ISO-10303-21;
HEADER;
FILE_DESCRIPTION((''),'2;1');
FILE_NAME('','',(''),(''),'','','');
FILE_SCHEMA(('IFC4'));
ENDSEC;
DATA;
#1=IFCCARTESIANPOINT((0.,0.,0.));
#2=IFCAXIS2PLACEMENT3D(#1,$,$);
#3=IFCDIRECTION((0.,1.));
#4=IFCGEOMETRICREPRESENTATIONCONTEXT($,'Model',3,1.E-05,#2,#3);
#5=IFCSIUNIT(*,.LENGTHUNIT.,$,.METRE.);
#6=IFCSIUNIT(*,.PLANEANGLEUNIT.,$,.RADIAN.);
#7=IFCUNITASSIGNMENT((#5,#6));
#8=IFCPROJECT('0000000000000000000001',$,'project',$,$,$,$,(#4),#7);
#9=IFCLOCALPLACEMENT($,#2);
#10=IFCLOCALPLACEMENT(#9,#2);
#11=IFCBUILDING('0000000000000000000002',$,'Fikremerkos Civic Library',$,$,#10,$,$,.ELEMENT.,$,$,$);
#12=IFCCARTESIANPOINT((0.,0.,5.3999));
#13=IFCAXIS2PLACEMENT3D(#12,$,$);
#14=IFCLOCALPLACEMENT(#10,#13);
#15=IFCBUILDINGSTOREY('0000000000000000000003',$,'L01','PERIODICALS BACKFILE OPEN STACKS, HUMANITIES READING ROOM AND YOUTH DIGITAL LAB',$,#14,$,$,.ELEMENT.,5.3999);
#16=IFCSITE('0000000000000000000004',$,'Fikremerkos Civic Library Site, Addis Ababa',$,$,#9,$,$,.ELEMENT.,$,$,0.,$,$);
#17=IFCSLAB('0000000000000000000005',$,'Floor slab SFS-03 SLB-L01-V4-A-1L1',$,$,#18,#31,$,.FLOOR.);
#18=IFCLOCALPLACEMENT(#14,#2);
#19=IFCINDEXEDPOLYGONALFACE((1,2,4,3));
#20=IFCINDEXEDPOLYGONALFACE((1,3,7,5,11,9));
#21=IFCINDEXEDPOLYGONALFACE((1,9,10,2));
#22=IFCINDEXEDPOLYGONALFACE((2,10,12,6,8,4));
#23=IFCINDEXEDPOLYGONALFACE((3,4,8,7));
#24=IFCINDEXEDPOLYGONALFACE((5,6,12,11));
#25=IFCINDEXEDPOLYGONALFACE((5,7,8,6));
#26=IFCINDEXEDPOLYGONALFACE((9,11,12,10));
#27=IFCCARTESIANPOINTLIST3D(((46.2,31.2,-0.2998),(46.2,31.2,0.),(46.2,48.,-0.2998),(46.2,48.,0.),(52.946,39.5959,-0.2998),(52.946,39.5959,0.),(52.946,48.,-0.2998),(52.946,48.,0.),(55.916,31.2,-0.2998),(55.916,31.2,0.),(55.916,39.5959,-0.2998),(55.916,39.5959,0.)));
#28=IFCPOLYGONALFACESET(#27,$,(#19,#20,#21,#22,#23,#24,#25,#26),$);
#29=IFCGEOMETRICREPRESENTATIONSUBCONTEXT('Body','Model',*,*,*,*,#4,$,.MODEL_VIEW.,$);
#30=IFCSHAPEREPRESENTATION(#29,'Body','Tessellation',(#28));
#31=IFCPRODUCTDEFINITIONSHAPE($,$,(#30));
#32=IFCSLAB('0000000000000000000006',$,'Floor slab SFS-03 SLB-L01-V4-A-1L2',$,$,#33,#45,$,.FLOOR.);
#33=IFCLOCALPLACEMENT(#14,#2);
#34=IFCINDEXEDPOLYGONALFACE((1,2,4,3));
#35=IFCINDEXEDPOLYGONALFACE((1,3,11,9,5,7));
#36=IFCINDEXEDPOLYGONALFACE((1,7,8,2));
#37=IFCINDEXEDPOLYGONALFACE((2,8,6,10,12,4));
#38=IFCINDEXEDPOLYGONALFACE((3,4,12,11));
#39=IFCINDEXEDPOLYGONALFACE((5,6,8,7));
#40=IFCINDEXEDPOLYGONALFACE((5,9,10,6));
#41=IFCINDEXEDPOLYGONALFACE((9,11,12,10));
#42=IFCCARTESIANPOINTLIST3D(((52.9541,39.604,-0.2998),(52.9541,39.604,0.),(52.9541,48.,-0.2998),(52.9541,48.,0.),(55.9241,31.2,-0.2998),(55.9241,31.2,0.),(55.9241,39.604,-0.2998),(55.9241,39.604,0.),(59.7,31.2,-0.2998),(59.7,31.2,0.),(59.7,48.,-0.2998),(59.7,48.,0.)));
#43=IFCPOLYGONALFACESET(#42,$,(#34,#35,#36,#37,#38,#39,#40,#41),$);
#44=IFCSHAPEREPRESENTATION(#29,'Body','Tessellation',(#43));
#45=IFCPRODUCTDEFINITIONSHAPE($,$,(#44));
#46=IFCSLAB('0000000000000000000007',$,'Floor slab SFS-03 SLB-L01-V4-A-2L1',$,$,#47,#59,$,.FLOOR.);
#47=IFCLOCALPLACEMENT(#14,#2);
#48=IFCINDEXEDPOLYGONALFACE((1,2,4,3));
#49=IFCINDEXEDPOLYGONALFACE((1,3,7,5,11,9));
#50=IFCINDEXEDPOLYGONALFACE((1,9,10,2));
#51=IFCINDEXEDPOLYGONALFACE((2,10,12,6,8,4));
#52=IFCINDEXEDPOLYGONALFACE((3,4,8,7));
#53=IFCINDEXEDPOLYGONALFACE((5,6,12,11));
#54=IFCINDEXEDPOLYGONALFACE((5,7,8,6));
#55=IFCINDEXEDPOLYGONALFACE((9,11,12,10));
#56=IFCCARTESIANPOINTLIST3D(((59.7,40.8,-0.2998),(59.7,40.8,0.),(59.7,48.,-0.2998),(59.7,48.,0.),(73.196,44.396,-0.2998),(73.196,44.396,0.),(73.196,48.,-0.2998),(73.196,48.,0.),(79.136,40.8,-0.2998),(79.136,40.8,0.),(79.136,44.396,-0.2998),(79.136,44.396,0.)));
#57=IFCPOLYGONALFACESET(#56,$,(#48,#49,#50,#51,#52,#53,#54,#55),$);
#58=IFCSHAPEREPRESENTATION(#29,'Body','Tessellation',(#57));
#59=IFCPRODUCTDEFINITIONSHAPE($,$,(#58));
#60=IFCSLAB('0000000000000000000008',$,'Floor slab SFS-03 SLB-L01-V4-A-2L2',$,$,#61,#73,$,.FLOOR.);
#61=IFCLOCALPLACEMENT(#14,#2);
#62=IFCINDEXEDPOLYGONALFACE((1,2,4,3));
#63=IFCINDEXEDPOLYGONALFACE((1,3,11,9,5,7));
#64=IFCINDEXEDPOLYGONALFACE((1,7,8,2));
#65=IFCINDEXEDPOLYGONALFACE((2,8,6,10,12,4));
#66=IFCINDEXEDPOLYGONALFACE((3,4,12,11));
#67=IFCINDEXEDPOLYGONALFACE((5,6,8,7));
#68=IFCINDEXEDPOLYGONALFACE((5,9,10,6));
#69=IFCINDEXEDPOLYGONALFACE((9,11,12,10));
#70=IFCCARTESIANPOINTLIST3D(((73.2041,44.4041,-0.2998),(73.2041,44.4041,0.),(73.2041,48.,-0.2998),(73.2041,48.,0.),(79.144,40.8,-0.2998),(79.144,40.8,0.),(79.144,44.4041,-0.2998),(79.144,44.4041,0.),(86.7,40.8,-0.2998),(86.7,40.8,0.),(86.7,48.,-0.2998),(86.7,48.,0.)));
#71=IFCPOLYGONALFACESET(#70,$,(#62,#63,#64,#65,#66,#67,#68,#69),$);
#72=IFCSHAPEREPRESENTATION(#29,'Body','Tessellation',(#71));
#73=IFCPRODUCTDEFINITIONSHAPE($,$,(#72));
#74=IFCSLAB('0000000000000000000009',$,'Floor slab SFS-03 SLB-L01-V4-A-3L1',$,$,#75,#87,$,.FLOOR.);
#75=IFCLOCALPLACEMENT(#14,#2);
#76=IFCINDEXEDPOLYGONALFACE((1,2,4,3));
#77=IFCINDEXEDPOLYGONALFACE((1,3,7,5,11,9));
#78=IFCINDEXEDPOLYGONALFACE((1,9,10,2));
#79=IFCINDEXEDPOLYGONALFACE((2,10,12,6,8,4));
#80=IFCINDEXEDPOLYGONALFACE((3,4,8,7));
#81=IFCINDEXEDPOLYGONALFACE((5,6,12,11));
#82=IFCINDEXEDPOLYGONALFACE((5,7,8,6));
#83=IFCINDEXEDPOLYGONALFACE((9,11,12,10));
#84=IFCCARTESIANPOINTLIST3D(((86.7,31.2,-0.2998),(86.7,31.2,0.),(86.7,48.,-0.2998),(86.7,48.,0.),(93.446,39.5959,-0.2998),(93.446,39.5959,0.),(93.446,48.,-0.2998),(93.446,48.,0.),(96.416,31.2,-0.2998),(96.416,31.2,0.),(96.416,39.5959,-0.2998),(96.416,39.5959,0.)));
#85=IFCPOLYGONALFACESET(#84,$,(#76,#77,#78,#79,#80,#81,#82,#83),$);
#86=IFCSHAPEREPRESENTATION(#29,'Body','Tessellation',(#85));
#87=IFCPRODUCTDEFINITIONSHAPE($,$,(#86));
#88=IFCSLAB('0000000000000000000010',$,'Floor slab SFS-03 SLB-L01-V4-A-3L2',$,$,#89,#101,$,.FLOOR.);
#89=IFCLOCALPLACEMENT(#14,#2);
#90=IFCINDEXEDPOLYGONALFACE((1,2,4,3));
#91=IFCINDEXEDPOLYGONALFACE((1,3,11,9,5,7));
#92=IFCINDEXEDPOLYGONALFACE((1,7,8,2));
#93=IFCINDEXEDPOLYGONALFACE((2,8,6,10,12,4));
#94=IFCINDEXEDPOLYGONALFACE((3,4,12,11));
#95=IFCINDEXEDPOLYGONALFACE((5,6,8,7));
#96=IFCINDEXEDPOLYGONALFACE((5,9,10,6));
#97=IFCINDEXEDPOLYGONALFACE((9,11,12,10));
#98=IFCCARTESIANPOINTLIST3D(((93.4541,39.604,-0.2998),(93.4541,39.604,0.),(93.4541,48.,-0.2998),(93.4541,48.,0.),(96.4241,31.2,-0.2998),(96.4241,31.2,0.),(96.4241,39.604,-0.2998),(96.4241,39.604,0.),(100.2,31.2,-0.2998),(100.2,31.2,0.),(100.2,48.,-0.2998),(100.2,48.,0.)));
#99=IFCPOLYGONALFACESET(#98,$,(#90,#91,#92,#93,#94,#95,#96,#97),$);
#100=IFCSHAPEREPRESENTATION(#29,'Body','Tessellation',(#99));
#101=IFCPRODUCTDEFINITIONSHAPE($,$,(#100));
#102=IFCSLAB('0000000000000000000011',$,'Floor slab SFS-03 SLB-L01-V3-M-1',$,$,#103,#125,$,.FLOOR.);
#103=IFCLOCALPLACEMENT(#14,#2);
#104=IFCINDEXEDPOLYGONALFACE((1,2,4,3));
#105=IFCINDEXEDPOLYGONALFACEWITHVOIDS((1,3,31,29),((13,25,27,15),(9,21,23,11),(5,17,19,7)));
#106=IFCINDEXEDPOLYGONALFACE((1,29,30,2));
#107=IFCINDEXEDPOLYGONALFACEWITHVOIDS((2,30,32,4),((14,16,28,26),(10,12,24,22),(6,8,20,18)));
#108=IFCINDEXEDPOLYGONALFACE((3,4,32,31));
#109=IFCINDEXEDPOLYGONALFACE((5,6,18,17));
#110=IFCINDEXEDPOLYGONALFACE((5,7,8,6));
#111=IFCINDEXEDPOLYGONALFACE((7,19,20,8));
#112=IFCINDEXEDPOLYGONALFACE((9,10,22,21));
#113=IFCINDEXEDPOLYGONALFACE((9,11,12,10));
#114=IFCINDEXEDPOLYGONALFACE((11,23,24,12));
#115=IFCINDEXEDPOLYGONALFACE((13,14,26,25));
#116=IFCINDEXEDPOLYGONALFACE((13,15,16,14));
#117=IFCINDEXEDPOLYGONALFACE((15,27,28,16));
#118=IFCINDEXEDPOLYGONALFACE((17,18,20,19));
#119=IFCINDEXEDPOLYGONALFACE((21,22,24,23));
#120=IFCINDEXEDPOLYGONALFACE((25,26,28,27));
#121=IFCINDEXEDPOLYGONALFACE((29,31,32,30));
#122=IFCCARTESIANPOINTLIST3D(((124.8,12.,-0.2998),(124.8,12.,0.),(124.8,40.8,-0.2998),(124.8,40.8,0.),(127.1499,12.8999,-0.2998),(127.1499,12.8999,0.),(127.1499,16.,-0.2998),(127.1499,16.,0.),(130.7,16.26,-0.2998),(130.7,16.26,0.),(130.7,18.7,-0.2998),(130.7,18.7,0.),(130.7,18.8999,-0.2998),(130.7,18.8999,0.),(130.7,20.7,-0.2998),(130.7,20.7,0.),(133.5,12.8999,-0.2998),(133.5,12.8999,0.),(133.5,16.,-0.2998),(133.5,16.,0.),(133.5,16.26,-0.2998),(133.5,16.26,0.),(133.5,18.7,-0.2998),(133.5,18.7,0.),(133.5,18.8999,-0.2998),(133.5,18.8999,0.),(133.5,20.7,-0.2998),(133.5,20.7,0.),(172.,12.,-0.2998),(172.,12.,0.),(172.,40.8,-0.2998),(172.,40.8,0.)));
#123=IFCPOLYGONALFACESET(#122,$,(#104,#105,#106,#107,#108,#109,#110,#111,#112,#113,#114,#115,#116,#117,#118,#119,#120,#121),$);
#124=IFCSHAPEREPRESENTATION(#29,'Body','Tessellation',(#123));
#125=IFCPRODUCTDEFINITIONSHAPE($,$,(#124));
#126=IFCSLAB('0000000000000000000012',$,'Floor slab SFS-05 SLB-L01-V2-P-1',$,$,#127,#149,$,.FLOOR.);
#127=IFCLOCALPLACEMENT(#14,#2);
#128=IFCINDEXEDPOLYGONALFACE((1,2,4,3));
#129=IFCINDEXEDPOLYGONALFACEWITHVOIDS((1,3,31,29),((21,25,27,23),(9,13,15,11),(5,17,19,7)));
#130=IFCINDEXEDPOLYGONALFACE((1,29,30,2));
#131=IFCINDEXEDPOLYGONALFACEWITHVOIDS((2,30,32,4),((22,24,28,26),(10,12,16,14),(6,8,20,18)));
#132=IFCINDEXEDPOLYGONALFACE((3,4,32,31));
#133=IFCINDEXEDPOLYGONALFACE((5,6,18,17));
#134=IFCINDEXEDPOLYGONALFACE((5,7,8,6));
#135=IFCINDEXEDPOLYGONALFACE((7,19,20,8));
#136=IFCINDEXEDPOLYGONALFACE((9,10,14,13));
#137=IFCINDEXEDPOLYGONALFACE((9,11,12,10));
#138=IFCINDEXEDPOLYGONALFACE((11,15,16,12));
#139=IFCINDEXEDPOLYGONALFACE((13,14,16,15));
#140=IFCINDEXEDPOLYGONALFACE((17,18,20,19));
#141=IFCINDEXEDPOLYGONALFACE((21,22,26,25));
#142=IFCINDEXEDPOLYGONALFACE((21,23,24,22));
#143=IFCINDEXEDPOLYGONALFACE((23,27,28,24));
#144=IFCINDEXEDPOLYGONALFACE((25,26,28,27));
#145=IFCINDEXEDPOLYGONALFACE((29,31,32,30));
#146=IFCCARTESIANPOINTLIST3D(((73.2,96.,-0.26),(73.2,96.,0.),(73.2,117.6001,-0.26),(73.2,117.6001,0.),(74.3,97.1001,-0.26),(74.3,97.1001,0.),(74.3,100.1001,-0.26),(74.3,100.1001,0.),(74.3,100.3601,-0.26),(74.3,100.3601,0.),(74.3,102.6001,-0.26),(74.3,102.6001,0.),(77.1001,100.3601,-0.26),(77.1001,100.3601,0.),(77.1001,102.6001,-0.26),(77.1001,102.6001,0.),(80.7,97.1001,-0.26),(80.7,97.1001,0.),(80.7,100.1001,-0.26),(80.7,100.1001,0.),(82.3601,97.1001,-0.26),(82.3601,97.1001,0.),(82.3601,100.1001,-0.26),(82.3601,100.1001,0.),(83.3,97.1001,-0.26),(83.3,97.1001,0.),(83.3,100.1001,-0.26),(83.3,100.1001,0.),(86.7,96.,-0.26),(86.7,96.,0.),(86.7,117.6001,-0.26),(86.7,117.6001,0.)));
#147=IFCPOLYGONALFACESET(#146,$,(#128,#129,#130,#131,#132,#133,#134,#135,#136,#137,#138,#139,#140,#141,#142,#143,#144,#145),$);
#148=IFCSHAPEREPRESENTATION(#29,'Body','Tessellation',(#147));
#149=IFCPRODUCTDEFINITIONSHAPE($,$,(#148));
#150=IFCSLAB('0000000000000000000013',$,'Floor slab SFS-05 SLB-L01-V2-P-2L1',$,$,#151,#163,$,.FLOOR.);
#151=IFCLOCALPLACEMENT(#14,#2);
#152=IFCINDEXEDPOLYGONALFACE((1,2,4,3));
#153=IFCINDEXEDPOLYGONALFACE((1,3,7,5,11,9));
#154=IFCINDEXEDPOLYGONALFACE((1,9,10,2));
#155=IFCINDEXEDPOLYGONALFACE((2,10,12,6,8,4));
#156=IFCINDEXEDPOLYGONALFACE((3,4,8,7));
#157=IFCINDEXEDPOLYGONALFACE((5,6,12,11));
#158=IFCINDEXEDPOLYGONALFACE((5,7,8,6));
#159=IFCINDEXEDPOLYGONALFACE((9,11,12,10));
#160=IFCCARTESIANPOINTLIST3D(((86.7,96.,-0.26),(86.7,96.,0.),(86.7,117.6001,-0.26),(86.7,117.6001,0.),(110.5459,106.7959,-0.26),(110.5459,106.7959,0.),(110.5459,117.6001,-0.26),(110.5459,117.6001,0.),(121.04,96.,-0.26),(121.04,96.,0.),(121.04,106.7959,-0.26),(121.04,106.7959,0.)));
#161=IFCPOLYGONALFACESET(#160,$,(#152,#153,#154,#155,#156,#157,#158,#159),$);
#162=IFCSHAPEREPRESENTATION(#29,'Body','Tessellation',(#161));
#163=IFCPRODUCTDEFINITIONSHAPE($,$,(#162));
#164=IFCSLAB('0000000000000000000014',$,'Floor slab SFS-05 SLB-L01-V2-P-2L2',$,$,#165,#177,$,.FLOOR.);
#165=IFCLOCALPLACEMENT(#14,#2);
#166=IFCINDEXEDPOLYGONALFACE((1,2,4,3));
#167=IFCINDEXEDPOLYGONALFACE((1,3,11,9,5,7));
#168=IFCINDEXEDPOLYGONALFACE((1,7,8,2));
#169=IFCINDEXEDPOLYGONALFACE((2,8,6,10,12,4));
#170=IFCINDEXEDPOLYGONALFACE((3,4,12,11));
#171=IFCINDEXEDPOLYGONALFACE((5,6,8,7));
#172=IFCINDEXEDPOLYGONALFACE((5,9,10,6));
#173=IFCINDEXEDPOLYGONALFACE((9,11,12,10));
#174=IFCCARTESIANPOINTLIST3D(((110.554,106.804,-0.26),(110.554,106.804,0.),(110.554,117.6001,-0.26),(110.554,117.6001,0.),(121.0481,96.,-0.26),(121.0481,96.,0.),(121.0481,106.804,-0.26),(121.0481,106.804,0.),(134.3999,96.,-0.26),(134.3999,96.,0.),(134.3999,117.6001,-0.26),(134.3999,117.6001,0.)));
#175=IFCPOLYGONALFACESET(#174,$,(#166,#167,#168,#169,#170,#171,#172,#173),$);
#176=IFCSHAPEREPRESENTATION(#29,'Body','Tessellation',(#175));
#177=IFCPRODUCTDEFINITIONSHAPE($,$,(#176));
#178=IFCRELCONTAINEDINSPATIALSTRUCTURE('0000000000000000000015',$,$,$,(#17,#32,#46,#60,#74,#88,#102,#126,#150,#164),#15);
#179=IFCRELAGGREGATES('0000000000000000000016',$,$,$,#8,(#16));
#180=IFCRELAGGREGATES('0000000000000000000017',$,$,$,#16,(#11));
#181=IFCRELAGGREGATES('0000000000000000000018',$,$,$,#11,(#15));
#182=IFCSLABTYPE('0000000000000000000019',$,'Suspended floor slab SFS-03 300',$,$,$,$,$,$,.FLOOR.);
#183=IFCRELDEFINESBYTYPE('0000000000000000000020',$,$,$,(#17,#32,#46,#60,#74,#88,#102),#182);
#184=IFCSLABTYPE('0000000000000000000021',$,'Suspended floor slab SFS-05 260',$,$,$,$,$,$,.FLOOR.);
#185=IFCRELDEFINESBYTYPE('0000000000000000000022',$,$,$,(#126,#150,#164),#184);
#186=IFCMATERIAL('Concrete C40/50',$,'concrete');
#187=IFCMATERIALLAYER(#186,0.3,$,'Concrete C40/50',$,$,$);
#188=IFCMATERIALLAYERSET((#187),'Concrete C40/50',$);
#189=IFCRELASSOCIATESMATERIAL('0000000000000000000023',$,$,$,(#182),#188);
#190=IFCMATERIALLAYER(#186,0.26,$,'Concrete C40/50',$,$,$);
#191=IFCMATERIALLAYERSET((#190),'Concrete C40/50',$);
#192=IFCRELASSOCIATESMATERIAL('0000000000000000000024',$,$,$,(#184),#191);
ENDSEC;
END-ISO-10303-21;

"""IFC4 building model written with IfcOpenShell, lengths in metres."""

from ifc_helpers import new_model, si_unit, direction, frame, origin, place, context, subcontext, project, spatial, polyline, outline, extrude, material, layer, layer_set, type_object, element, save


model = new_model("IFC4")

# Units and contexts
model_context = context("Model", 3, precision=1e-05, world=origin(), true_north=direction((0.0, 1.0)))
body_context = subcontext(model_context, "Body", "Model", "MODEL_VIEW")
ifc_project = project(units=[si_unit("LENGTHUNIT", "METRE"), si_unit("PLANEANGLEUNIT", "RADIAN")], contexts=[model_context])

# Site, building, storey
site_placement = place(None, origin())
site = spatial("IfcSite", under=ifc_project, at=site_placement, Name="Fikremerkos Civic Library Site, Addis Ababa", CompositionType="ELEMENT", RefElevation=0.0)
building_placement = place(site_placement, origin())
building = spatial("IfcBuilding", under=site, at=building_placement, Name="Fikremerkos Civic Library", CompositionType="ELEMENT")
storey_placement = place(building_placement, frame((0.0, 0.0, 5.3999)))
storey = spatial("IfcBuildingStorey", under=building, at=storey_placement, Name="L01", Description="PERIODICALS BACKFILE OPEN STACKS, HUMANITIES READING ROOM AND YOUTH DIGITAL LAB", CompositionType="ELEMENT", Elevation=5.3999)

# Slabs
ifc_material_1 = material(Name="Concrete C40/50", Category="concrete")
ifc_layer_1 = layer(ifc_material_1, 0.3, Name="Concrete C40/50")
ifc_layer_set_1 = layer_set([ifc_layer_1], Name="Concrete C40/50")
slab_type_1 = type_object("IfcSlabType", Name="Suspended floor slab SFS-03 300", PredefinedType="FLOOR", material=ifc_layer_set_1)
slab_1_placement = place(storey_placement, frame((0.0, 0.0, -0.2998)))
element("IfcSlab", 1, at=slab_1_placement, inside=storey, type_object=slab_type_1, Name="Floor slab SFS-03 SLB-L01-V4-A-1L1", PredefinedType="FLOOR", context=body_context, shape_type="SweptSolid", body=[
    extrude(outline(polyline([(46.2, 31.2), (55.916, 31.2), (55.916, 39.5959), (52.946, 39.5959), (52.946, 48.0), (46.2, 48.0), (46.2, 31.2)])), origin(), (0.0, 0.0, 1.0), 0.2998),
])
slab_2_placement = place(storey_placement, frame((0.0, 0.0, -0.2998)))
element("IfcSlab", 2, at=slab_2_placement, inside=storey, type_object=slab_type_1, Name="Floor slab SFS-03 SLB-L01-V4-A-1L2", PredefinedType="FLOOR", context=body_context, shape_type="SweptSolid", body=[
    extrude(outline(polyline([(55.9241, 31.2), (59.7, 31.2), (59.7, 48.0), (52.9541, 48.0), (52.9541, 39.604), (55.9241, 39.604), (55.9241, 31.2)])), origin(), (0.0, 0.0, 1.0), 0.2998),
])
slab_3_placement = place(storey_placement, frame((0.0, 0.0, -0.2998)))
element("IfcSlab", 3, at=slab_3_placement, inside=storey, type_object=slab_type_1, Name="Floor slab SFS-03 SLB-L01-V4-A-2L1", PredefinedType="FLOOR", context=body_context, shape_type="SweptSolid", body=[
    extrude(outline(polyline([(59.7, 40.8), (79.136, 40.8), (79.136, 44.396), (73.196, 44.396), (73.196, 48.0), (59.7, 48.0), (59.7, 40.8)])), origin(), (0.0, 0.0, 1.0), 0.2998),
])
slab_4_placement = place(storey_placement, frame((0.0, 0.0, -0.2998)))
element("IfcSlab", 4, at=slab_4_placement, inside=storey, type_object=slab_type_1, Name="Floor slab SFS-03 SLB-L01-V4-A-2L2", PredefinedType="FLOOR", context=body_context, shape_type="SweptSolid", body=[
    extrude(outline(polyline([(79.144, 40.8), (86.7, 40.8), (86.7, 48.0), (73.2041, 48.0), (73.2041, 44.4041), (79.144, 44.4041), (79.144, 40.8)])), origin(), (0.0, 0.0, 1.0), 0.2998),
])
slab_5_placement = place(storey_placement, frame((0.0, 0.0, -0.2998)))
element("IfcSlab", 5, at=slab_5_placement, inside=storey, type_object=slab_type_1, Name="Floor slab SFS-03 SLB-L01-V4-A-3L1", PredefinedType="FLOOR", context=body_context, shape_type="SweptSolid", body=[
    extrude(outline(polyline([(86.7, 31.2), (96.416, 31.2), (96.416, 39.5959), (93.446, 39.5959), (93.446, 48.0), (86.7, 48.0), (86.7, 31.2)])), origin(), (0.0, 0.0, 1.0), 0.2998),
])
slab_6_placement = place(storey_placement, frame((0.0, 0.0, -0.2998)))
element("IfcSlab", 6, at=slab_6_placement, inside=storey, type_object=slab_type_1, Name="Floor slab SFS-03 SLB-L01-V4-A-3L2", PredefinedType="FLOOR", context=body_context, shape_type="SweptSolid", body=[
    extrude(outline(polyline([(96.4241, 31.2), (100.2, 31.2), (100.2, 48.0), (93.4541, 48.0), (93.4541, 39.604), (96.4241, 39.604), (96.4241, 31.2)])), origin(), (0.0, 0.0, 1.0), 0.2998),
])
slab_7_placement = place(storey_placement, frame((0.0, 0.0, -0.2998)))
element("IfcSlab", 7, at=slab_7_placement, inside=storey, type_object=slab_type_1, Name="Floor slab SFS-03 SLB-L01-V3-M-1", PredefinedType="FLOOR", context=body_context, shape_type="SweptSolid", body=[
    extrude(outline(polyline([(124.8, 12.0), (172.0, 12.0), (172.0, 40.8), (124.8, 40.8), (124.8, 12.0)]), holes=[polyline([(127.1499, 12.8999), (133.5, 12.8999), (133.5, 16.0), (127.1499, 16.0), (127.1499, 12.8999)]), polyline([(130.7, 16.26), (133.5, 16.26), (133.5, 18.7), (130.7, 18.7), (130.7, 16.26)]), polyline([(130.7, 18.8999), (133.5, 18.8999), (133.5, 20.7), (130.7, 20.7), (130.7, 18.8999)])]), origin(), (0.0, 0.0, 1.0), 0.2998),
])
ifc_layer_2 = layer(ifc_material_1, 0.26, Name="Concrete C40/50")
ifc_layer_set_2 = layer_set([ifc_layer_2], Name="Concrete C40/50")
slab_type_2 = type_object("IfcSlabType", Name="Suspended floor slab SFS-05 260", PredefinedType="FLOOR", material=ifc_layer_set_2)
slab_8_placement = place(storey_placement, frame((0.0, 0.0, -0.26)))
element("IfcSlab", 8, at=slab_8_placement, inside=storey, type_object=slab_type_2, Name="Floor slab SFS-05 SLB-L01-V2-P-1", PredefinedType="FLOOR", context=body_context, shape_type="SweptSolid", body=[
    extrude(outline(polyline([(73.2, 96.0), (86.7, 96.0), (86.7, 117.6001), (73.2, 117.6001), (73.2, 96.0)]), holes=[polyline([(74.3, 97.1001), (80.7, 97.1001), (80.7, 100.1001), (74.3, 100.1001), (74.3, 97.1001)]), polyline([(74.3, 100.3601), (77.1001, 100.3601), (77.1001, 102.6001), (74.3, 102.6001), (74.3, 100.3601)]), polyline([(82.3601, 97.1001), (83.3, 97.1001), (83.3, 100.1001), (82.3601, 100.1001), (82.3601, 97.1001)])]), origin(), (0.0, 0.0, 1.0), 0.26),
])
slab_9_placement = place(storey_placement, frame((0.0, 0.0, -0.26)))
element("IfcSlab", 9, at=slab_9_placement, inside=storey, type_object=slab_type_2, Name="Floor slab SFS-05 SLB-L01-V2-P-2L1", PredefinedType="FLOOR", context=body_context, shape_type="SweptSolid", body=[
    extrude(outline(polyline([(86.7, 96.0), (121.04, 96.0), (121.04, 106.7959), (110.5459, 106.7959), (110.5459, 117.6001), (86.7, 117.6001), (86.7, 96.0)])), origin(), (0.0, 0.0, 1.0), 0.26),
])
slab_10_placement = place(storey_placement, frame((0.0, 0.0, -0.26)))
element("IfcSlab", 10, at=slab_10_placement, inside=storey, type_object=slab_type_2, Name="Floor slab SFS-05 SLB-L01-V2-P-2L2", PredefinedType="FLOOR", context=body_context, shape_type="SweptSolid", body=[
    extrude(outline(polyline([(121.0481, 96.0), (134.3999, 96.0), (134.3999, 117.6001), (110.554, 117.6001), (110.554, 106.804), (121.0481, 106.804), (121.0481, 96.0)])), origin(), (0.0, 0.0, 1.0), 0.26),
])

save(model, "model.ifc")
